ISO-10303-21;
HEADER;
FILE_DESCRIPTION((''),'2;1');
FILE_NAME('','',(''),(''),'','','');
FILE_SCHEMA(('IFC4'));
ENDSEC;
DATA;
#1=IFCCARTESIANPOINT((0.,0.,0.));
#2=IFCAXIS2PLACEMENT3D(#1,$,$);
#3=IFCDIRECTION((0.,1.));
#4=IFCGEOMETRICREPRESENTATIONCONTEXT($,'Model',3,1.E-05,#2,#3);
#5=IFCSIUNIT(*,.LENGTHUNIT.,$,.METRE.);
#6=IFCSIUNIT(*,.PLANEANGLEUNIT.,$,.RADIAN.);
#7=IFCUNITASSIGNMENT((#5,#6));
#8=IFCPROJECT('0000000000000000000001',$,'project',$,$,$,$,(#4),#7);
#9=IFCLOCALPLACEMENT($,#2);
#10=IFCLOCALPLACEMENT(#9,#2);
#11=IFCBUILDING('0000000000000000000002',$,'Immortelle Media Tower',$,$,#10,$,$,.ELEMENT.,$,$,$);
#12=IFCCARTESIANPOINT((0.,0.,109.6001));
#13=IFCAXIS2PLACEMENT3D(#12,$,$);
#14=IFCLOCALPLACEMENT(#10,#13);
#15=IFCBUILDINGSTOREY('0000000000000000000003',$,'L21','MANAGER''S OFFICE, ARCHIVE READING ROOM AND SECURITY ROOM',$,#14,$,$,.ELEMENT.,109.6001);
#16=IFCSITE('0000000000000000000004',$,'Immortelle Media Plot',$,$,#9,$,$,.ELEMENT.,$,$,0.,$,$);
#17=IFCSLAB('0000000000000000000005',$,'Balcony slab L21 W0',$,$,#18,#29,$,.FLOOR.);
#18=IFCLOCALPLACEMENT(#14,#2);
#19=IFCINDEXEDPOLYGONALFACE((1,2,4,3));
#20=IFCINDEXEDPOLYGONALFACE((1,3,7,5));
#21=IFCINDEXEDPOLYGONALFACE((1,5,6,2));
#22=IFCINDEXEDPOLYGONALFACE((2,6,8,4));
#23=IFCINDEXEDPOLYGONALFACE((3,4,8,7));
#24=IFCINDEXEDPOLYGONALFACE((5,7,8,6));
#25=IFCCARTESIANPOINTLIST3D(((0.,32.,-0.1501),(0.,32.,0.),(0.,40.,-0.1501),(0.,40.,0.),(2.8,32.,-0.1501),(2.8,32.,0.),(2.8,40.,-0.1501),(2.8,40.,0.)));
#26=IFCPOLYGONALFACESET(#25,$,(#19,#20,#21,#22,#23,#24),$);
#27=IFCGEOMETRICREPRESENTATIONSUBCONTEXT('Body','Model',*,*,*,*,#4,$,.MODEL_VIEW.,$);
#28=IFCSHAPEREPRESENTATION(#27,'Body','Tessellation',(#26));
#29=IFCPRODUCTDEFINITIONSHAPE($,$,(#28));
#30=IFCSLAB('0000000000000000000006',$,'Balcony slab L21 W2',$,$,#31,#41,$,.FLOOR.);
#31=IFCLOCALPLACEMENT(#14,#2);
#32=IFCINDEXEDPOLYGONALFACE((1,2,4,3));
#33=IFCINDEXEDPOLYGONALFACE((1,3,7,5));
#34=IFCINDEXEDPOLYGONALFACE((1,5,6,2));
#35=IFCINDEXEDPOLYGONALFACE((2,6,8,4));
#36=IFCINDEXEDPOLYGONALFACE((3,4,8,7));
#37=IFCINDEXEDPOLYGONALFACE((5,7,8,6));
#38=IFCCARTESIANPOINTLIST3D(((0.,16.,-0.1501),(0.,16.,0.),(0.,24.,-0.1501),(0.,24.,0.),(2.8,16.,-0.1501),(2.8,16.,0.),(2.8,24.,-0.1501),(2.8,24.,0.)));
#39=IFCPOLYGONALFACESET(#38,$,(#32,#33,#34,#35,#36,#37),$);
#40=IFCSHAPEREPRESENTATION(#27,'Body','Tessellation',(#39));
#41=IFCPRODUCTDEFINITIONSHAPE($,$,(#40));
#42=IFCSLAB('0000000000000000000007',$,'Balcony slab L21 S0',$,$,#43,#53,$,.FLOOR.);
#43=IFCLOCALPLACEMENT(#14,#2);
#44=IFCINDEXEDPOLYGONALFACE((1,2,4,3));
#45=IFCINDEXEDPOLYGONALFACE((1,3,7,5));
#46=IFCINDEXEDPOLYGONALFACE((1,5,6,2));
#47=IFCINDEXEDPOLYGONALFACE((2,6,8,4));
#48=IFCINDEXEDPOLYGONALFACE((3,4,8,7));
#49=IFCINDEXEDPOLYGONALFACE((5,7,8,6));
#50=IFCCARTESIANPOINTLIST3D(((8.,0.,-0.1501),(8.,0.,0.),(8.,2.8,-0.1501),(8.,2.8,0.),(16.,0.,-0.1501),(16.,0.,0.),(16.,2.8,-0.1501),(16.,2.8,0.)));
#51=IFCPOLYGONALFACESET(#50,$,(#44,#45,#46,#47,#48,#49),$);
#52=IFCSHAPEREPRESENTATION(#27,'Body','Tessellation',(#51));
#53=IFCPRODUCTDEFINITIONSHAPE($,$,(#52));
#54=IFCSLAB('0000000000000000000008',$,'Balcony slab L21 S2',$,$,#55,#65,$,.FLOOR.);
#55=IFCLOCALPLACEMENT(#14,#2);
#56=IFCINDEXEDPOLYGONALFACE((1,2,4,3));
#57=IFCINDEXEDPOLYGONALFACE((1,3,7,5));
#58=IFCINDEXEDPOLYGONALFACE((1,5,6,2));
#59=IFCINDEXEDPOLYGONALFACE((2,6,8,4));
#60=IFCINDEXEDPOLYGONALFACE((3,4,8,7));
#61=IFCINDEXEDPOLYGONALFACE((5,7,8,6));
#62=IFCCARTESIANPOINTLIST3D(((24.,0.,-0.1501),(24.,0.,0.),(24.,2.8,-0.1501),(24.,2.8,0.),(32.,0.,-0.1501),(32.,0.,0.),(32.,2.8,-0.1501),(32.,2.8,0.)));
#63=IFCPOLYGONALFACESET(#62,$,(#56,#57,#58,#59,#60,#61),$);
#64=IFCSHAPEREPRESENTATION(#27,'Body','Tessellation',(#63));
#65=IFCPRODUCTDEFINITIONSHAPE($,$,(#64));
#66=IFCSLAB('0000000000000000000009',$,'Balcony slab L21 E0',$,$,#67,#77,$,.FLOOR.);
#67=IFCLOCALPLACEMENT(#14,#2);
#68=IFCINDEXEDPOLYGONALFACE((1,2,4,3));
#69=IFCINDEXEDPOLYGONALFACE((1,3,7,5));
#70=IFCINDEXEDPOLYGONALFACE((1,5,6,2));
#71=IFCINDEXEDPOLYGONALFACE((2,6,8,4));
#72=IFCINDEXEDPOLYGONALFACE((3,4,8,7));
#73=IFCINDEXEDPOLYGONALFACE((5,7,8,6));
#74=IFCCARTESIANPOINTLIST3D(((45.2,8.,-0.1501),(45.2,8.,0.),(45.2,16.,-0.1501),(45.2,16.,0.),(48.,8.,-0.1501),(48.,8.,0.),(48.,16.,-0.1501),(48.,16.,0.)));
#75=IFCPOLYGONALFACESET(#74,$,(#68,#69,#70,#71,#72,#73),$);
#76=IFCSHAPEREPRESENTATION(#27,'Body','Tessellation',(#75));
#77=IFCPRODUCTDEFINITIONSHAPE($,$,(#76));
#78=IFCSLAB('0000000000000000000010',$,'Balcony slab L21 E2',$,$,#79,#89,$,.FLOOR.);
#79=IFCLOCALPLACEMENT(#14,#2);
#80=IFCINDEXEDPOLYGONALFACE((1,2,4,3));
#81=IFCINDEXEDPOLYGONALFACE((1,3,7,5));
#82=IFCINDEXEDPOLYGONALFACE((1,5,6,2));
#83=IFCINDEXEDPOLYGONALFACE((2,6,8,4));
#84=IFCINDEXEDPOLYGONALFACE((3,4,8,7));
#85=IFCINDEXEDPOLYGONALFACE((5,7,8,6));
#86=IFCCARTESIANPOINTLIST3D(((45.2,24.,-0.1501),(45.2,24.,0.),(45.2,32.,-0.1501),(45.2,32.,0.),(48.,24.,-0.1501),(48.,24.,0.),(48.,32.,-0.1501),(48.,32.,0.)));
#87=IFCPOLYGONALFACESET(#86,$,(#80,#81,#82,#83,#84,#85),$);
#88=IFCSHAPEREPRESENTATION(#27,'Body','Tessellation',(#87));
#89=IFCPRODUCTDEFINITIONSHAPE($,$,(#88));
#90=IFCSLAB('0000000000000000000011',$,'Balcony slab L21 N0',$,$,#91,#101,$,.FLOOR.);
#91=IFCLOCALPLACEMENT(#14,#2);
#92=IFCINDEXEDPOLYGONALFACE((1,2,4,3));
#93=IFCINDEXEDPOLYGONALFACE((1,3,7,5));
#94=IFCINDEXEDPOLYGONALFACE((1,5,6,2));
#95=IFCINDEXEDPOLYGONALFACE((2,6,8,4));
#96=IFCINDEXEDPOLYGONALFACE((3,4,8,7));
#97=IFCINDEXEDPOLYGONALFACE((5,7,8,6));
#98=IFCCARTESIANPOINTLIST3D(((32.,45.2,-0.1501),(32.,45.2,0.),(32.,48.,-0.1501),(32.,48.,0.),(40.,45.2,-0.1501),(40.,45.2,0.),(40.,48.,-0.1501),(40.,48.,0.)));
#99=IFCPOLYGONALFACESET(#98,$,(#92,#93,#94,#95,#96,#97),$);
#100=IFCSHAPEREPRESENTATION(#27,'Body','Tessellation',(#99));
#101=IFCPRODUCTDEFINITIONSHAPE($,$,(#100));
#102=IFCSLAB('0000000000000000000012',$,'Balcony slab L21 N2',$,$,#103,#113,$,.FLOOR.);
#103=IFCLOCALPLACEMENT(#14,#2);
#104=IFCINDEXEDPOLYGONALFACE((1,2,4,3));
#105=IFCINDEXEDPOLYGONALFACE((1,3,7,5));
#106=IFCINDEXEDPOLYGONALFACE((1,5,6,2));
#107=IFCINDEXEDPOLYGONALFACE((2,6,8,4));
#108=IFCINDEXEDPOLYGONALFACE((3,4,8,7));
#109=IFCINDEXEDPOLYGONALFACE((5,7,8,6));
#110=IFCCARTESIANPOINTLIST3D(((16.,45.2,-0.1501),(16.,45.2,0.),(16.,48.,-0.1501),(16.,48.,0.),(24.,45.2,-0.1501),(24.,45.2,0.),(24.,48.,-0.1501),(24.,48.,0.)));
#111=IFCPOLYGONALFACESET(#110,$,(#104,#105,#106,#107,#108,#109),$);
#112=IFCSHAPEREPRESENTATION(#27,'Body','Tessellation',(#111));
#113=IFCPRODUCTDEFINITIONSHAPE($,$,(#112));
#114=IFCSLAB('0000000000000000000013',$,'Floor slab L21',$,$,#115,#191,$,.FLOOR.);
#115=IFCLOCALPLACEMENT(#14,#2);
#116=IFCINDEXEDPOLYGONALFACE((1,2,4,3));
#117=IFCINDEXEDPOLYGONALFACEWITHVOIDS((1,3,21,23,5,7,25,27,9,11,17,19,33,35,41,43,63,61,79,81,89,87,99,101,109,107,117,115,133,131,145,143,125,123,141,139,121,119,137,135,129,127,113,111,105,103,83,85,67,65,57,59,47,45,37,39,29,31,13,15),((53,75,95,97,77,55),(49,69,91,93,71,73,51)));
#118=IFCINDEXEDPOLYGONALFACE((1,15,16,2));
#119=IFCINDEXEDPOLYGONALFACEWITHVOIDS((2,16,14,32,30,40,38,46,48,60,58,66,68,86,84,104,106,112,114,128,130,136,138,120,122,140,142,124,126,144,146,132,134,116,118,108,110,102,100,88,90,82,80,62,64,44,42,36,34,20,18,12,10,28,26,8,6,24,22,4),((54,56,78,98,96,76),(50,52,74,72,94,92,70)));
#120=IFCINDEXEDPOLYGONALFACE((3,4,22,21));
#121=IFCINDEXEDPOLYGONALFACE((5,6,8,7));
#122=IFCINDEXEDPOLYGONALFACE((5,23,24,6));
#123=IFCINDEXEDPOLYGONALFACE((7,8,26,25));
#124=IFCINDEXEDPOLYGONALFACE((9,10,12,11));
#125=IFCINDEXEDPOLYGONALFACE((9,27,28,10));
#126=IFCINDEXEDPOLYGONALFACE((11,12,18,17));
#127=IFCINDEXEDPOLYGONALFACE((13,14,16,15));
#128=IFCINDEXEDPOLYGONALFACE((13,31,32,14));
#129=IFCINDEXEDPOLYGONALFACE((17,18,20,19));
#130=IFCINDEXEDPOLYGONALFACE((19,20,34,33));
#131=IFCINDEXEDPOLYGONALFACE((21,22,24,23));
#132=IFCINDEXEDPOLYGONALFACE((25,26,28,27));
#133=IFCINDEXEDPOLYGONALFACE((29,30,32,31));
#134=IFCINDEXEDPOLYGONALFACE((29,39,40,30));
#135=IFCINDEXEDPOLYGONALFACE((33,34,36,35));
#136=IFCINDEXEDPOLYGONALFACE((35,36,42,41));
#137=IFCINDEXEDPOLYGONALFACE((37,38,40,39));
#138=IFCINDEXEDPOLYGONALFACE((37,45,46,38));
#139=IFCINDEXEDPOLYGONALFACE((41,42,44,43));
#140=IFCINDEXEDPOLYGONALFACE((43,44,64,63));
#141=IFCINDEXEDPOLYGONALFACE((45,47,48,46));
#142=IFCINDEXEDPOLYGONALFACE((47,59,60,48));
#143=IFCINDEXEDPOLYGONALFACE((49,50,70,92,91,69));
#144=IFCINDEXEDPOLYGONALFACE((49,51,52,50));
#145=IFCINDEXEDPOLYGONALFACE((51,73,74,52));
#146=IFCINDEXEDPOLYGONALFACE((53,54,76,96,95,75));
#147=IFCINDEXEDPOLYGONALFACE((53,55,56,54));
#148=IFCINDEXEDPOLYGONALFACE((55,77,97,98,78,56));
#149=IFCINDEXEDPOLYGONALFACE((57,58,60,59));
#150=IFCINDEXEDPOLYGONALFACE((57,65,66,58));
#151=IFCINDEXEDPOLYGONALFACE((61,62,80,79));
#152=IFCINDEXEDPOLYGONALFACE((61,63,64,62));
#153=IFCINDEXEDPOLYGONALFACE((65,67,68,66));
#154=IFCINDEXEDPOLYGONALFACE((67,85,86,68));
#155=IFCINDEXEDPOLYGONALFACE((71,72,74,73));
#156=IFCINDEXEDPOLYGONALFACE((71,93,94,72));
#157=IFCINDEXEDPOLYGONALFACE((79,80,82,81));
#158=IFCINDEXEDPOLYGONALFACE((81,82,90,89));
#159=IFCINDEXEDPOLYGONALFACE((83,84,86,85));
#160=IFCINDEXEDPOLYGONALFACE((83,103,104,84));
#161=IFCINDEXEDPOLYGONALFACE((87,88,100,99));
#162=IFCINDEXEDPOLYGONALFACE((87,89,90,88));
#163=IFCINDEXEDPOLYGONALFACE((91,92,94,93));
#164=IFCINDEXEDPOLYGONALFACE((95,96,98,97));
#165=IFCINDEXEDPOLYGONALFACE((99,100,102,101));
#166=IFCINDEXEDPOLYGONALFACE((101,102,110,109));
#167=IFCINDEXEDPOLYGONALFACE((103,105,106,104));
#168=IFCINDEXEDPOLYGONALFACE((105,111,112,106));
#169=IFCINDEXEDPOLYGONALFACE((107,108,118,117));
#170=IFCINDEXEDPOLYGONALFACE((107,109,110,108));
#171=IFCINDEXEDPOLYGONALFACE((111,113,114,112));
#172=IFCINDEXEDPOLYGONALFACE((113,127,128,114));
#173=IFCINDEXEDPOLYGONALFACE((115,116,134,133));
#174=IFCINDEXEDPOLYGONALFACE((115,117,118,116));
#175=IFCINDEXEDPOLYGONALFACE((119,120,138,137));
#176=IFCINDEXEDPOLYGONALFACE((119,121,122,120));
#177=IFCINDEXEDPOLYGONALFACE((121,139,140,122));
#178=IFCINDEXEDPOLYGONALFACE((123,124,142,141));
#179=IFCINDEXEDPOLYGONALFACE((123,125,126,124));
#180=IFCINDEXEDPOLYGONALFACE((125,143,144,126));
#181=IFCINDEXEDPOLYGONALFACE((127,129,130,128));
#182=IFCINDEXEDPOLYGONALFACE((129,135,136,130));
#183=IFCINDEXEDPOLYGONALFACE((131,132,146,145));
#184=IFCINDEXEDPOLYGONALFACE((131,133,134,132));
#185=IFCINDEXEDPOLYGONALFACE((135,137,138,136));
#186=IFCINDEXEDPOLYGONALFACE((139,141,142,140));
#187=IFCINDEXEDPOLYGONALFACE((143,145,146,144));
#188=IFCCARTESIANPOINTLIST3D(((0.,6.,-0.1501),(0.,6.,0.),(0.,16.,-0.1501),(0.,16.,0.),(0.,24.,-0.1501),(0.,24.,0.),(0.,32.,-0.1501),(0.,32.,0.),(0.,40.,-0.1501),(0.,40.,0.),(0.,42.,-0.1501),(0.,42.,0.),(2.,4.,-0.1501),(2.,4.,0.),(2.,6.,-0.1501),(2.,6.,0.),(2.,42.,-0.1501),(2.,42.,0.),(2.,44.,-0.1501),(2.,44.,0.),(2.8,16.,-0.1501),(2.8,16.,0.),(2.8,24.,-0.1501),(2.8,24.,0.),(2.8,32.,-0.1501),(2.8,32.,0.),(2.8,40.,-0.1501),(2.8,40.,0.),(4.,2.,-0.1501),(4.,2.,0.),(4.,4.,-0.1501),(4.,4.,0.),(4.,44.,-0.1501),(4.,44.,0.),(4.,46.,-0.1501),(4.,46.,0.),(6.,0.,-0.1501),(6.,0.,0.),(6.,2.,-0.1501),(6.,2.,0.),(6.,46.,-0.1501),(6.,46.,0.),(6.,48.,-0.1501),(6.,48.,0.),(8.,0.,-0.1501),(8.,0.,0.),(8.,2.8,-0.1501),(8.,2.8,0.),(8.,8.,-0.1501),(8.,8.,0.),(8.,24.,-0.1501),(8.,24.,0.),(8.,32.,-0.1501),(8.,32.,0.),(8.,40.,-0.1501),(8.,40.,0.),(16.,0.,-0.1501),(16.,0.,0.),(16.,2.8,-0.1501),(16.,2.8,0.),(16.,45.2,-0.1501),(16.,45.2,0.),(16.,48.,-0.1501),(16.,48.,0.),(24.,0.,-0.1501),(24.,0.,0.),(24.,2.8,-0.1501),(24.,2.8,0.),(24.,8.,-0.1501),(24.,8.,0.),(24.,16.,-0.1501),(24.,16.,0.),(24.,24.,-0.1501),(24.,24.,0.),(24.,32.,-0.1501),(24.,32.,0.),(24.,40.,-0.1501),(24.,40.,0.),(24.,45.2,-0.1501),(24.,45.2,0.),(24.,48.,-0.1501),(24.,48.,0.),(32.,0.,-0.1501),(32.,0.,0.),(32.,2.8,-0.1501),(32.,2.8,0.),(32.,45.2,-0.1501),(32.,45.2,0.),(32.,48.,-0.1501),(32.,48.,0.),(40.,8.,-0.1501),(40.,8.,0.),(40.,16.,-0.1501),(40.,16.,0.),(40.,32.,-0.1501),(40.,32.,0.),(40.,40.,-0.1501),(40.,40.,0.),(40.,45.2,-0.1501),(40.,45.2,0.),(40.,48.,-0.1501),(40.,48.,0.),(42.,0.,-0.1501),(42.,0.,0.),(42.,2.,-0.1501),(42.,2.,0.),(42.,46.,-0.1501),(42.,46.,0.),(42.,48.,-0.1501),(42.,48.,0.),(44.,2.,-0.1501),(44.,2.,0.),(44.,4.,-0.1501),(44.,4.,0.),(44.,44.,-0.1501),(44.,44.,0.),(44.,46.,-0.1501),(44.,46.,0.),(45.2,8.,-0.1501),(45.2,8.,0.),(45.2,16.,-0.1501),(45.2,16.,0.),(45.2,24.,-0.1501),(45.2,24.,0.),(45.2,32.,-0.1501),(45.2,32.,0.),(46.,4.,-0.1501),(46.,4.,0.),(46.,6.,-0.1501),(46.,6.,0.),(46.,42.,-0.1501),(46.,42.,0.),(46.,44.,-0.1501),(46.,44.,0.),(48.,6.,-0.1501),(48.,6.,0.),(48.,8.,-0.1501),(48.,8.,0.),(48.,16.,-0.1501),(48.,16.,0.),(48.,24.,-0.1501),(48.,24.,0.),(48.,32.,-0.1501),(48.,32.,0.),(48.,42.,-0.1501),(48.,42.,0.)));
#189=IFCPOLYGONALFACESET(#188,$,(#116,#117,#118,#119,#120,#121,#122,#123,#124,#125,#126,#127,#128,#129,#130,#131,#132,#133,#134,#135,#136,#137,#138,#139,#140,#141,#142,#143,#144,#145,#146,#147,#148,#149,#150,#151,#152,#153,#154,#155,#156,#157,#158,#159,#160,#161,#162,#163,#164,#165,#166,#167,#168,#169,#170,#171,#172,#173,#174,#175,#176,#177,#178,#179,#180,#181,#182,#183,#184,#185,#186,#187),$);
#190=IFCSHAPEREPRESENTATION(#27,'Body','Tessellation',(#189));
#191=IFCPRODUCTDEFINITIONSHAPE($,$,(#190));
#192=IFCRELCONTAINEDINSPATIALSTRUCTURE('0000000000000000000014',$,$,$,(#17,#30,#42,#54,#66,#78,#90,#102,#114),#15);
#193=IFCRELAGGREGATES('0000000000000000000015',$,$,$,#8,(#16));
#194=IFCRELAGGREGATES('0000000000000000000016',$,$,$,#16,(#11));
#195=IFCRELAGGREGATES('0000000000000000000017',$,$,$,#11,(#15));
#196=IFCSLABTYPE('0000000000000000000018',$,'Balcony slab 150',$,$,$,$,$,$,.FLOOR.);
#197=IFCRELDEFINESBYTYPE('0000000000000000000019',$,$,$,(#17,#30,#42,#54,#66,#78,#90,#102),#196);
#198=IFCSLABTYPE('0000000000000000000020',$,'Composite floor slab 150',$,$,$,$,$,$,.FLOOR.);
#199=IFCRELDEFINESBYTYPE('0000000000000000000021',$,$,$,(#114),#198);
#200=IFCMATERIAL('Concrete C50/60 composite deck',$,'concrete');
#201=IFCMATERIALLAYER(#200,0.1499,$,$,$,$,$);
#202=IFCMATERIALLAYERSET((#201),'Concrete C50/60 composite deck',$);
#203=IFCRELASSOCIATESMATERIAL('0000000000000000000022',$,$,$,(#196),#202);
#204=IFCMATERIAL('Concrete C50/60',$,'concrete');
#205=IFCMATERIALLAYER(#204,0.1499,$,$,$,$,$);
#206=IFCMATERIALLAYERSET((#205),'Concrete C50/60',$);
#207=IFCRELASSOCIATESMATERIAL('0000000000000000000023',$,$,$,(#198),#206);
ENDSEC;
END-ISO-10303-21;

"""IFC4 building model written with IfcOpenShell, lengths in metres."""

from ifc_helpers import new_model, si_unit, direction, frame, origin, place, context, subcontext, project, spatial, polyline, outline, extrude, material, layer, layer_set, type_object, element, save


model = new_model("IFC4")

# Units and contexts
model_context = context("Model", 3, precision=1e-05, world=origin(), true_north=direction((0.0, 1.0)))
body_context = subcontext(model_context, "Body", "Model", "MODEL_VIEW")
ifc_project = project(units=[si_unit("LENGTHUNIT", "METRE"), si_unit("PLANEANGLEUNIT", "RADIAN")], contexts=[model_context])

# Site, building, storey
site_placement = place(None, origin())
site = spatial("IfcSite", under=ifc_project, at=site_placement, Name="Immortelle Media Plot", CompositionType="ELEMENT", RefElevation=0.0)
building_placement = place(site_placement, origin())
building = spatial("IfcBuilding", under=site, at=building_placement, Name="Immortelle Media Tower", CompositionType="ELEMENT")
storey_placement = place(building_placement, frame((0.0, 0.0, 109.6001)))
storey = spatial("IfcBuildingStorey", under=building, at=storey_placement, Name="L21", Description="MANAGER'S OFFICE, ARCHIVE READING ROOM AND SECURITY ROOM", CompositionType="ELEMENT", Elevation=109.6001)

# Slabs
ifc_material_1 = material(Name="Concrete C50/60 composite deck", Category="concrete")
ifc_layer_1 = layer(ifc_material_1, 0.1499)
ifc_layer_set_1 = layer_set([ifc_layer_1], Name="Concrete C50/60 composite deck")
slab_type_1 = type_object("IfcSlabType", Name="Balcony slab 150", PredefinedType="FLOOR", material=ifc_layer_set_1)
slab_1_placement = place(storey_placement, frame((0.0, 0.0, -0.1501)))
element("IfcSlab", 1, at=slab_1_placement, inside=storey, type_object=slab_type_1, Name="Balcony slab L21 W0", PredefinedType="FLOOR", context=body_context, shape_type="SweptSolid", body=[
    extrude(outline(polyline([(2.8, 32.0), (2.8, 40.0), (0.0, 40.0), (0.0, 32.0), (2.8, 32.0)])), origin(), (0.0, 0.0, 1.0), 0.1501),
])
slab_2_placement = place(storey_placement, frame((0.0, 0.0, -0.1501)))
element("IfcSlab", 2, at=slab_2_placement, inside=storey, type_object=slab_type_1, Name="Balcony slab L21 W2", PredefinedType="FLOOR", context=body_context, shape_type="SweptSolid", body=[
    extrude(outline(polyline([(2.8, 16.0), (2.8, 24.0), (0.0, 24.0), (0.0, 16.0), (2.8, 16.0)])), origin(), (0.0, 0.0, 1.0), 0.1501),
])
slab_3_placement = place(storey_placement, frame((0.0, 0.0, -0.1501)))
element("IfcSlab", 3, at=slab_3_placement, inside=storey, type_object=slab_type_1, Name="Balcony slab L21 S0", PredefinedType="FLOOR", context=body_context, shape_type="SweptSolid", body=[
    extrude(outline(polyline([(16.0, 0.0), (16.0, 2.8), (8.0, 2.8), (8.0, 0.0), (16.0, 0.0)])), origin(), (0.0, 0.0, 1.0), 0.1501),
])
slab_4_placement = place(storey_placement, frame((0.0, 0.0, -0.1501)))
element("IfcSlab", 4, at=slab_4_placement, inside=storey, type_object=slab_type_1, Name="Balcony slab L21 S2", PredefinedType="FLOOR", context=body_context, shape_type="SweptSolid", body=[
    extrude(outline(polyline([(32.0, 0.0), (32.0, 2.8), (24.0, 2.8), (24.0, 0.0), (32.0, 0.0)])), origin(), (0.0, 0.0, 1.0), 0.1501),
])
slab_5_placement = place(storey_placement, frame((0.0, 0.0, -0.1501)))
element("IfcSlab", 5, at=slab_5_placement, inside=storey, type_object=slab_type_1, Name="Balcony slab L21 E0", PredefinedType="FLOOR", context=body_context, shape_type="SweptSolid", body=[
    extrude(outline(polyline([(48.0, 8.0), (48.0, 16.0), (45.2, 16.0), (45.2, 8.0), (48.0, 8.0)])), origin(), (0.0, 0.0, 1.0), 0.1501),
])
slab_6_placement = place(storey_placement, frame((0.0, 0.0, -0.1501)))
element("IfcSlab", 6, at=slab_6_placement, inside=storey, type_object=slab_type_1, Name="Balcony slab L21 E2", PredefinedType="FLOOR", context=body_context, shape_type="SweptSolid", body=[
    extrude(outline(polyline([(48.0, 24.0), (48.0, 32.0), (45.2, 32.0), (45.2, 24.0), (48.0, 24.0)])), origin(), (0.0, 0.0, 1.0), 0.1501),
])
slab_7_placement = place(storey_placement, frame((0.0, 0.0, -0.1501)))
element("IfcSlab", 7, at=slab_7_placement, inside=storey, type_object=slab_type_1, Name="Balcony slab L21 N0", PredefinedType="FLOOR", context=body_context, shape_type="SweptSolid", body=[
    extrude(outline(polyline([(40.0, 45.2), (40.0, 48.0), (32.0, 48.0), (32.0, 45.2), (40.0, 45.2)])), origin(), (0.0, 0.0, 1.0), 0.1501),
])
slab_8_placement = place(storey_placement, frame((0.0, 0.0, -0.1501)))
element("IfcSlab", 8, at=slab_8_placement, inside=storey, type_object=slab_type_1, Name="Balcony slab L21 N2", PredefinedType="FLOOR", context=body_context, shape_type="SweptSolid", body=[
    extrude(outline(polyline([(24.0, 45.2), (24.0, 48.0), (16.0, 48.0), (16.0, 45.2), (24.0, 45.2)])), origin(), (0.0, 0.0, 1.0), 0.1501),
])
ifc_material_2 = material(Name="Concrete C50/60", Category="concrete")
ifc_layer_2 = layer(ifc_material_2, 0.1499)
ifc_layer_set_2 = layer_set([ifc_layer_2], Name="Concrete C50/60")
slab_type_2 = type_object("IfcSlabType", Name="Composite floor slab 150", PredefinedType="FLOOR", material=ifc_layer_set_2)
slab_9_placement = place(storey_placement, frame((0.0, 0.0, -0.1501)))
element("IfcSlab", 9, at=slab_9_placement, inside=storey, type_object=slab_type_2, Name="Floor slab L21", PredefinedType="FLOOR", context=body_context, shape_type="SweptSolid", body=[
    extrude(outline(polyline([(6.0, 0.0), (6.0, 2.0), (4.0, 2.0), (4.0, 4.0), (2.0, 4.0), (2.0, 6.0), (0.0, 6.0), (0.0, 16.0), (2.8, 16.0), (2.8, 24.0), (0.0, 24.0), (0.0, 32.0), (2.8, 32.0), (2.8, 40.0), (0.0, 40.0), (0.0, 42.0), (2.0, 42.0), (2.0, 44.0), (4.0, 44.0), (4.0, 46.0), (6.0, 46.0), (6.0, 48.0), (16.0, 48.0), (16.0, 45.2), (24.0, 45.2), (24.0, 48.0), (32.0, 48.0), (32.0, 45.2), (40.0, 45.2), (40.0, 48.0), (42.0, 48.0), (42.0, 46.0), (44.0, 46.0), (44.0, 44.0), (46.0, 44.0), (46.0, 42.0), (48.0, 42.0), (48.0, 32.0), (45.2, 32.0), (45.2, 24.0), (48.0, 24.0), (48.0, 16.0), (45.2, 16.0), (45.2, 8.0), (48.0, 8.0), (48.0, 6.0), (46.0, 6.0), (46.0, 4.0), (44.0, 4.0), (44.0, 2.0), (42.0, 2.0), (42.0, 0.0), (32.0, 0.0), (32.0, 2.8), (24.0, 2.8), (24.0, 0.0), (16.0, 0.0), (16.0, 2.8), (8.0, 2.8), (8.0, 0.0), (6.0, 0.0)]), holes=[polyline([(24.0, 24.0), (8.0, 24.0), (8.0, 8.0), (24.0, 8.0), (40.0, 8.0), (40.0, 16.0), (24.0, 16.0), (24.0, 24.0)]), polyline([(24.0, 32.0), (40.0, 32.0), (40.0, 40.0), (24.0, 40.0), (8.0, 40.0), (8.0, 32.0), (24.0, 32.0)])]), origin(), (0.0, 0.0, 1.0), 0.1501),
])

save(model, "model.ifc")
